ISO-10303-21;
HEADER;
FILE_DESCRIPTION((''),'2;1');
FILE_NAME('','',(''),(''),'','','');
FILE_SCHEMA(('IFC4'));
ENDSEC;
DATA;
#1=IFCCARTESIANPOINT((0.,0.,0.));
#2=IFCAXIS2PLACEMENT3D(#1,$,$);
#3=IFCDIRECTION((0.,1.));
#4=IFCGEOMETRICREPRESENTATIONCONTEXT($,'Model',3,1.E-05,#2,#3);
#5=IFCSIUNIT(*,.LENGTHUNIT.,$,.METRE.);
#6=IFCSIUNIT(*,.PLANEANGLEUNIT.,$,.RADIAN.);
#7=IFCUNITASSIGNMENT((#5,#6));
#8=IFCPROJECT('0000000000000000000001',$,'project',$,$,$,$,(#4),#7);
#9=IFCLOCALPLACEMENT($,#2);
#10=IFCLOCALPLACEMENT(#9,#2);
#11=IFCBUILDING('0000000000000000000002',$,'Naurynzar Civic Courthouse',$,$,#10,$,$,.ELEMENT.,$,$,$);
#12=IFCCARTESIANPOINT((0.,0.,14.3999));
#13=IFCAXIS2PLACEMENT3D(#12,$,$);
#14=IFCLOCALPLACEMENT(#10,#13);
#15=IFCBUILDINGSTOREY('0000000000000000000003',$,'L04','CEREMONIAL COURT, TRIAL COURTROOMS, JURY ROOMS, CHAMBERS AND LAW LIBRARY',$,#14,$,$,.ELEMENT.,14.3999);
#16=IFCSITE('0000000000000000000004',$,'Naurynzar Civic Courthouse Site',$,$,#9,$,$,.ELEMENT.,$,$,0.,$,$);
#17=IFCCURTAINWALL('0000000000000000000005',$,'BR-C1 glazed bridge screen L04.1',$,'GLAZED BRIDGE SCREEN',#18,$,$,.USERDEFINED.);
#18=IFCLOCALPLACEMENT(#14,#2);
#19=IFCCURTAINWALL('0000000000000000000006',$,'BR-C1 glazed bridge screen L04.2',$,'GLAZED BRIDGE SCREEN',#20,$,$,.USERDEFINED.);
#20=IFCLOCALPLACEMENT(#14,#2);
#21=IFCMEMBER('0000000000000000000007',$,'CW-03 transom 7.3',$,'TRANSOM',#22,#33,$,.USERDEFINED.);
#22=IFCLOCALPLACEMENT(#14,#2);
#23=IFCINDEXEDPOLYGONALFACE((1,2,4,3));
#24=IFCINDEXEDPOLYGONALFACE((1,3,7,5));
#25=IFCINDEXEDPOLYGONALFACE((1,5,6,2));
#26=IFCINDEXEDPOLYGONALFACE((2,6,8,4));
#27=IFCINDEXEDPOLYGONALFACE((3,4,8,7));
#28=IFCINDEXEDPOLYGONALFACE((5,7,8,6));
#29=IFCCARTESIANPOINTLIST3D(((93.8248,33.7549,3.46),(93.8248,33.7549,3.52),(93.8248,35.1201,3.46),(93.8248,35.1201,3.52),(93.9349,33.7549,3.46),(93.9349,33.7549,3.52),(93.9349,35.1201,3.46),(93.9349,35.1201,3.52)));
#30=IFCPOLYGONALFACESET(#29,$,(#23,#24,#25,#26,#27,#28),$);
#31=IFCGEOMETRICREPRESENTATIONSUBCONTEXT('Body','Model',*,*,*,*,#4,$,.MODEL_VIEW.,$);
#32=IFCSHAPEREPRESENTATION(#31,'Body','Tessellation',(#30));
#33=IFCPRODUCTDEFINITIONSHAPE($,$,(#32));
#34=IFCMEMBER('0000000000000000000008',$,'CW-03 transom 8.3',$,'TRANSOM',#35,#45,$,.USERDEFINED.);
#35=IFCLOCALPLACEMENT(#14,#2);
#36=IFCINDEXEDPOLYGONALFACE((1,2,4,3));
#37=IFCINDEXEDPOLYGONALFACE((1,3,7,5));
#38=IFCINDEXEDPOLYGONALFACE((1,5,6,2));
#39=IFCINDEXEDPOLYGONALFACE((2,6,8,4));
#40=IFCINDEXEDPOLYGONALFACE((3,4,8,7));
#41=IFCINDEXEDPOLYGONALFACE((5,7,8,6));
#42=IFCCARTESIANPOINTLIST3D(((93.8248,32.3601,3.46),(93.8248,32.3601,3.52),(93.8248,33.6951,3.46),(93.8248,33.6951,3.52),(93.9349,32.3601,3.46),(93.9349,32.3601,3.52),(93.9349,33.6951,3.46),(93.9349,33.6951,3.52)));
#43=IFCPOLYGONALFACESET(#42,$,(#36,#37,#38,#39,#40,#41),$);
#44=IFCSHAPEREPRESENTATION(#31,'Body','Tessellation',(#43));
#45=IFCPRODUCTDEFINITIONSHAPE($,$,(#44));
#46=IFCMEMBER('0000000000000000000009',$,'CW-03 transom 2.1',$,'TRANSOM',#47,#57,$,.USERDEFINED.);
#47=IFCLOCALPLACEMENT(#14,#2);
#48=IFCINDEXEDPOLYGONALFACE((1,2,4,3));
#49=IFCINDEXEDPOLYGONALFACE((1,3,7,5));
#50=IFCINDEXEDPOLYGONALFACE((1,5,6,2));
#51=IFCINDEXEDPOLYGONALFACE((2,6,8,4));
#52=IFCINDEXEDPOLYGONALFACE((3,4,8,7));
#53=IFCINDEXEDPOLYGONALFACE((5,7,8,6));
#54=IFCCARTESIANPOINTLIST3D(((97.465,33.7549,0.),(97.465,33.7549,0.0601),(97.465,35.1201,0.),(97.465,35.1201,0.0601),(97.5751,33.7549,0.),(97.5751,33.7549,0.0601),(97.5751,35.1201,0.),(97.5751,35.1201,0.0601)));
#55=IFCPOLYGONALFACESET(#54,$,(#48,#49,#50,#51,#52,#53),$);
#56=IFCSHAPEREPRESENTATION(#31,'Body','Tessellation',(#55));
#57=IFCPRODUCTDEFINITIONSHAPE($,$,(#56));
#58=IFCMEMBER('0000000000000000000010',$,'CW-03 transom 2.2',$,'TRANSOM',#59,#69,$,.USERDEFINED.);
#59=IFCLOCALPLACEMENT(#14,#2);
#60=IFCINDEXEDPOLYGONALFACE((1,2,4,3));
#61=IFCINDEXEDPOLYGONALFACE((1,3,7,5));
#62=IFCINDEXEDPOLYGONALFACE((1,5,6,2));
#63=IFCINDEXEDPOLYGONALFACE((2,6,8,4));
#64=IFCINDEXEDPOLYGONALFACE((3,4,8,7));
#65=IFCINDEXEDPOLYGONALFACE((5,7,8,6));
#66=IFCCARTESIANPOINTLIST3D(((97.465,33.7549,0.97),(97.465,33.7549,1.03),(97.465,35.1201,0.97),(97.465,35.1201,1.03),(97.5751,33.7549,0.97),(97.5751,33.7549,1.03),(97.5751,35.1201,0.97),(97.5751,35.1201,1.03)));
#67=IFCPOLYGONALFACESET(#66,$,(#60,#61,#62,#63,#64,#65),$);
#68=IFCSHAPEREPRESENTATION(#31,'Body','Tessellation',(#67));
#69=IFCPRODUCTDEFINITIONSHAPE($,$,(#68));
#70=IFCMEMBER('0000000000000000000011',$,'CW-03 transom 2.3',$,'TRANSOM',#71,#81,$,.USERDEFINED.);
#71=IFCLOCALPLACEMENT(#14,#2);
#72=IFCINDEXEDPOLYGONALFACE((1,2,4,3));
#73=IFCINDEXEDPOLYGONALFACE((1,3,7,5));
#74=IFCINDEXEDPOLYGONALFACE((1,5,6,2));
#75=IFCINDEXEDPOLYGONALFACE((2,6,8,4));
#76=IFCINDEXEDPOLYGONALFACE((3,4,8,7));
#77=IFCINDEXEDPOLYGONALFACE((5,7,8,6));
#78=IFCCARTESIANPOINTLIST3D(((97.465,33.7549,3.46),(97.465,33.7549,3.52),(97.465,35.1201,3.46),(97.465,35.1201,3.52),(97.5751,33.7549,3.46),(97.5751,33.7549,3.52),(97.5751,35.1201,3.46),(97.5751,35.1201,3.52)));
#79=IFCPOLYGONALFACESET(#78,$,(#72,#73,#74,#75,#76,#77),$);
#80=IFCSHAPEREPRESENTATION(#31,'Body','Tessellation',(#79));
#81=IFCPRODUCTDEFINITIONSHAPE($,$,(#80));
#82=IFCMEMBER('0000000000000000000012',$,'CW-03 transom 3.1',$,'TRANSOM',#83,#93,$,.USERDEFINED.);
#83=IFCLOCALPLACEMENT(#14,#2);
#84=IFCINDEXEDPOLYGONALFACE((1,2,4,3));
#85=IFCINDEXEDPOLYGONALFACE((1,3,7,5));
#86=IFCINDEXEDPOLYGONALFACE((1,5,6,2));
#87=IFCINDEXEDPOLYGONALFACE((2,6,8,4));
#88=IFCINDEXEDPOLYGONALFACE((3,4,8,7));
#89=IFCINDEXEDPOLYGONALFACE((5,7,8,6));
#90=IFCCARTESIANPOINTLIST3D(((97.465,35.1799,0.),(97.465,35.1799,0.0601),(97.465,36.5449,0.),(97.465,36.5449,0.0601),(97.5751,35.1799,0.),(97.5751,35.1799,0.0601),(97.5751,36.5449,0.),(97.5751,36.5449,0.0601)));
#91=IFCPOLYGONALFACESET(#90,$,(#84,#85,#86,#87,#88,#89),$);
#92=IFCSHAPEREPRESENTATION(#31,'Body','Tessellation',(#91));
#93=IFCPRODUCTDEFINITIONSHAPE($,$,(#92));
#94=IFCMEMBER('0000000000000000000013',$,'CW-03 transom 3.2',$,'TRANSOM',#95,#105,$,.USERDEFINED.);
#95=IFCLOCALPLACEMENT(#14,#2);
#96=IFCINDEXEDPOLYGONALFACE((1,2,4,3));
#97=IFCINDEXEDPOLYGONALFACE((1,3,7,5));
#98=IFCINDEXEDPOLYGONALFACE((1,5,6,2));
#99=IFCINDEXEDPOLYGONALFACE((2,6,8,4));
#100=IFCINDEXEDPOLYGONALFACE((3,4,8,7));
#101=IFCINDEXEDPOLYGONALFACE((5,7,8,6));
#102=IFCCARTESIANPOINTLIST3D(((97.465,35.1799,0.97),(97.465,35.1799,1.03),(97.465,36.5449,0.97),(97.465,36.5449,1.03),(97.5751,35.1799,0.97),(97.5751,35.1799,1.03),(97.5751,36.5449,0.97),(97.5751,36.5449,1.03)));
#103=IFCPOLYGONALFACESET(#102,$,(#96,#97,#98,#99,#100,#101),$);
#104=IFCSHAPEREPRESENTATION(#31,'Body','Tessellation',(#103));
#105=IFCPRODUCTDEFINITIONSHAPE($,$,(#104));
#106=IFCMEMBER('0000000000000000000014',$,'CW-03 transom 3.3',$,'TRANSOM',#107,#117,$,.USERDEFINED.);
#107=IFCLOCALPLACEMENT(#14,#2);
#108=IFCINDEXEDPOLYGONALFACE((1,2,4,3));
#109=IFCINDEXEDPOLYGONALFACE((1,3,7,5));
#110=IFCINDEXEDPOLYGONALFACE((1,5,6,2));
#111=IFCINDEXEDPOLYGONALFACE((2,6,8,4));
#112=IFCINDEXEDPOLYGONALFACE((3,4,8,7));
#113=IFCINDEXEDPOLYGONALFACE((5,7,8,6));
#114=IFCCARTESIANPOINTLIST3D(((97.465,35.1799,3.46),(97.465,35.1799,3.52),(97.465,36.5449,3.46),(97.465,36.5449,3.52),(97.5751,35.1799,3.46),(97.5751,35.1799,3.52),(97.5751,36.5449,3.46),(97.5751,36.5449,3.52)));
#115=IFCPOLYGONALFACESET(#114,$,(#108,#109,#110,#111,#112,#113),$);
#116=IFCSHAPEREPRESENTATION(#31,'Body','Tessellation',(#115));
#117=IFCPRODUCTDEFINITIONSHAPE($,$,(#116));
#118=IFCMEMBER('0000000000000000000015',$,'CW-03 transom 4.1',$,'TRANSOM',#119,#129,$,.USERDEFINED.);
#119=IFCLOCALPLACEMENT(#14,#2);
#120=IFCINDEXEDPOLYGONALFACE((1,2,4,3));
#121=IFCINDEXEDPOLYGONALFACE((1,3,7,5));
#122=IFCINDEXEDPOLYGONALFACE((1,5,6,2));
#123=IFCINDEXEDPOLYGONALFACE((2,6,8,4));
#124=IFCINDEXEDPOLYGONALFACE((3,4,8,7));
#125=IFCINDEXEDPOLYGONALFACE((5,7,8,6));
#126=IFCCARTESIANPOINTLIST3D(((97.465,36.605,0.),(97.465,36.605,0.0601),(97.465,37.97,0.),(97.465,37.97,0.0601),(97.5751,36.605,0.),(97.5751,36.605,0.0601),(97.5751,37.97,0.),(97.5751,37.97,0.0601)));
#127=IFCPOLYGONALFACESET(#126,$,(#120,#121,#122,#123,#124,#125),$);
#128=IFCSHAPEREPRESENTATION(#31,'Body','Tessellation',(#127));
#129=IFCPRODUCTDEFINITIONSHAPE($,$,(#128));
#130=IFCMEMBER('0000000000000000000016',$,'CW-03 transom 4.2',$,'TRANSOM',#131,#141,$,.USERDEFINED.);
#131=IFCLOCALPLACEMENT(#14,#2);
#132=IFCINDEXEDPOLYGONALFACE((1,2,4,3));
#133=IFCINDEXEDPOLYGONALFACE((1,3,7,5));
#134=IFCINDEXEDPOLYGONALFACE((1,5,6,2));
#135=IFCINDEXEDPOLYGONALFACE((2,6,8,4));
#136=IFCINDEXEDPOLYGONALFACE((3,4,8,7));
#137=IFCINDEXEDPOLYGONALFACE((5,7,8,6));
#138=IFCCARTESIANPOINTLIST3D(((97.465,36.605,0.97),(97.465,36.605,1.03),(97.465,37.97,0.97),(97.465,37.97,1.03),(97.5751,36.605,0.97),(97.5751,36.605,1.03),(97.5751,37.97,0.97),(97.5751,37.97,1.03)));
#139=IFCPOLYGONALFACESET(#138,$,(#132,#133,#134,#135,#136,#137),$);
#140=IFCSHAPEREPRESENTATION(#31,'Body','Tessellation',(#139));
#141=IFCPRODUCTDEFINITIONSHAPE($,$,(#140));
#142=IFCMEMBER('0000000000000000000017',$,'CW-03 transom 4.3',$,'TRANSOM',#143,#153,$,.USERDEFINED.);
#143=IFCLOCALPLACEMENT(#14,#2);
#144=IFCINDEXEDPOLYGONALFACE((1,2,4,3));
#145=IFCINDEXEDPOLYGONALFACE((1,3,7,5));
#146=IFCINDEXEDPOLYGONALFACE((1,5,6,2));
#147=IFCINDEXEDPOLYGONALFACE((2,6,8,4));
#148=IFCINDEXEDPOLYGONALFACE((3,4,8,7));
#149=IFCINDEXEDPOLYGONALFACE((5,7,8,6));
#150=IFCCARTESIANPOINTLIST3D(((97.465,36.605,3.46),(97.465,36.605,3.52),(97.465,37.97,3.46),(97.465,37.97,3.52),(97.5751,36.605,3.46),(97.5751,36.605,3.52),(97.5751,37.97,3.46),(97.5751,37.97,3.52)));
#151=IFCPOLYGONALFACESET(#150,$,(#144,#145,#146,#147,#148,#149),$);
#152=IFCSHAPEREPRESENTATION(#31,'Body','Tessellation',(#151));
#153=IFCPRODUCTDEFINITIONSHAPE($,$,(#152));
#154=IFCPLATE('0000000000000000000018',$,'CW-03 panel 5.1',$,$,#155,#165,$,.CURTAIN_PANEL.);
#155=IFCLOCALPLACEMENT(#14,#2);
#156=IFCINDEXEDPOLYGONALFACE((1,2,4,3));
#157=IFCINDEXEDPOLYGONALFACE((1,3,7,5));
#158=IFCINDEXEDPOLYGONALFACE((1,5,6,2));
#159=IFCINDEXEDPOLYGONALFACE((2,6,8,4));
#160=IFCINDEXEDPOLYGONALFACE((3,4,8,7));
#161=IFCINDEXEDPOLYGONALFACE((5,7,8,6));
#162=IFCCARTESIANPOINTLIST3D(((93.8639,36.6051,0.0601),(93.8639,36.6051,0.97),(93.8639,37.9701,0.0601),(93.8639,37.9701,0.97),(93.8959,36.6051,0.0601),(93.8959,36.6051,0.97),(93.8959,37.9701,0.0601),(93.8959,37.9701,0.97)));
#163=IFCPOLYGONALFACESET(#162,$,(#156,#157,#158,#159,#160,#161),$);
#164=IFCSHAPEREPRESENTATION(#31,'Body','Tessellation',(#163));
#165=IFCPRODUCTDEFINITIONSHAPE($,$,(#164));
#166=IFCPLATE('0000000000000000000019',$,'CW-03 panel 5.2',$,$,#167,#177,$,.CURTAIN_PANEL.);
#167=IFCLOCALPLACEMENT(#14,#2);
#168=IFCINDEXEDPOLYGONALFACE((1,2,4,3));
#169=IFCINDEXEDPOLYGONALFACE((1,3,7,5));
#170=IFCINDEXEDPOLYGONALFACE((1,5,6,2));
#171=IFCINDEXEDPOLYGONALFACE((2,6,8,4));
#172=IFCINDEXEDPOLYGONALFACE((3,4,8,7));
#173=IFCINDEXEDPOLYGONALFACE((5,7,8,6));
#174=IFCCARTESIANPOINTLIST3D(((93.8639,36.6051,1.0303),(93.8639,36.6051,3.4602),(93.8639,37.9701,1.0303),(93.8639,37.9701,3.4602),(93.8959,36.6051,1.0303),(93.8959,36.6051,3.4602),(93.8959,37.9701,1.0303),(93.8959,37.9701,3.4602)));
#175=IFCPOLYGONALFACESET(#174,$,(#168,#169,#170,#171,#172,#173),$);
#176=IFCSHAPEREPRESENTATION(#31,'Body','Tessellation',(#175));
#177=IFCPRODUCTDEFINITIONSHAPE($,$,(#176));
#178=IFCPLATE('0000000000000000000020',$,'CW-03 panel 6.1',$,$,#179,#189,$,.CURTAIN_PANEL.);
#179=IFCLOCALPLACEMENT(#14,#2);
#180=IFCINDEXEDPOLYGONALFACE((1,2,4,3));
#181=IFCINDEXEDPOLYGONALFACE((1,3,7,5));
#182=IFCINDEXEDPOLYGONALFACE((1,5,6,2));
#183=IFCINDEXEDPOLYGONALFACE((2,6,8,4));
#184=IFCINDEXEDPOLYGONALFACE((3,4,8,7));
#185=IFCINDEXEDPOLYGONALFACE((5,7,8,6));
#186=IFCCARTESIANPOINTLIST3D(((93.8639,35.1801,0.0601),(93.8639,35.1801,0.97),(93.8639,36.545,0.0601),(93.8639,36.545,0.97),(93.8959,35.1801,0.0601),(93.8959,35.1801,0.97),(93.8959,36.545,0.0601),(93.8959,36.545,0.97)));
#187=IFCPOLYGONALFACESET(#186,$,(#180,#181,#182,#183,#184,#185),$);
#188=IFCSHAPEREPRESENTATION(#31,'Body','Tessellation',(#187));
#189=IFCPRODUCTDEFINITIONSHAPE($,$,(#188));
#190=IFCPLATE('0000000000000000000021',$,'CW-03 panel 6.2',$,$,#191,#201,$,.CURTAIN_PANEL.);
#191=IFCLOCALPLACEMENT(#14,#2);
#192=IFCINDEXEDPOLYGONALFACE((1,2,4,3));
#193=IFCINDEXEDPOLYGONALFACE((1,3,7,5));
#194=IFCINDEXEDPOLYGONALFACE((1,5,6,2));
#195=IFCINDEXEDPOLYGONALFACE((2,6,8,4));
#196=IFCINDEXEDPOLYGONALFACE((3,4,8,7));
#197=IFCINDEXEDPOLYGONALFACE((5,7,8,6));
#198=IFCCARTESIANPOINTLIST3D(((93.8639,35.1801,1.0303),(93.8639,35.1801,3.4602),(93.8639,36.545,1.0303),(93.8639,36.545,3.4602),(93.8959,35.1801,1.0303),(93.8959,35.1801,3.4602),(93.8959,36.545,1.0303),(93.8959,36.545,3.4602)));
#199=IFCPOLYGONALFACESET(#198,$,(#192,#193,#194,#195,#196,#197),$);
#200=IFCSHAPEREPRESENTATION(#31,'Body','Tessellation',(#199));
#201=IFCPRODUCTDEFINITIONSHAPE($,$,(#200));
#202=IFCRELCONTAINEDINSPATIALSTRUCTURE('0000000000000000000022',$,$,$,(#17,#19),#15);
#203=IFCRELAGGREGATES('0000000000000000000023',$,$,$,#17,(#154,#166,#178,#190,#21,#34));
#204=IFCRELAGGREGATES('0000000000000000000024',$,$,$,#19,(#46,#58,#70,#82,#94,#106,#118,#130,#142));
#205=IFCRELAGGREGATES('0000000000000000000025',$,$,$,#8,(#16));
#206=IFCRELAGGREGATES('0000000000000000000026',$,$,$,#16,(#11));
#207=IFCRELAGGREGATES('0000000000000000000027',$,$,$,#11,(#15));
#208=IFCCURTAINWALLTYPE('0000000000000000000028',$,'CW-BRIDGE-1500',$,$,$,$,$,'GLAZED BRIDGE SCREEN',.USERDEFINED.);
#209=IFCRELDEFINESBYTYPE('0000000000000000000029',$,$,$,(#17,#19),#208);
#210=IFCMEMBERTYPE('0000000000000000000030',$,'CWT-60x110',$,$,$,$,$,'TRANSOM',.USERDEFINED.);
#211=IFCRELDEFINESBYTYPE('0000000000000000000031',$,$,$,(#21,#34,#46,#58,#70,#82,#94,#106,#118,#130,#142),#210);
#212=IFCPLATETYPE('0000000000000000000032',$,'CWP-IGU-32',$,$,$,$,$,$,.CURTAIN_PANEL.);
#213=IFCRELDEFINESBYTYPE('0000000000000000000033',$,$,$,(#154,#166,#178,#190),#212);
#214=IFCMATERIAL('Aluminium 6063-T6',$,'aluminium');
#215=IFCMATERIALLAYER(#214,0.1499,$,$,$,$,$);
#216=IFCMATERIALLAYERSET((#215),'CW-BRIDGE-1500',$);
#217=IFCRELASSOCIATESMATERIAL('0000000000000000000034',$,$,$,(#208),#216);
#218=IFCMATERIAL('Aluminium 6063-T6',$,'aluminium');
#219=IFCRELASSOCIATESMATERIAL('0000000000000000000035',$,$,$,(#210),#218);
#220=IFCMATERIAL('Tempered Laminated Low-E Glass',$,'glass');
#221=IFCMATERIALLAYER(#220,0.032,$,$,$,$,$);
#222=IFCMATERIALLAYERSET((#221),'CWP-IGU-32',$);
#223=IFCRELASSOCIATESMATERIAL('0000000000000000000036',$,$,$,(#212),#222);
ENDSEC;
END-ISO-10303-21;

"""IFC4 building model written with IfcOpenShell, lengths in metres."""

from ifc_helpers import new_model, si_unit, direction, frame, origin, origin_2d, place, context, subcontext, project, spatial, rectangle, extrude, material, layer, layer_set, material_profile, profile_set, type_object, element, aggregate, save


model = new_model("IFC4")

# Units and contexts
model_context = context("Model", 3, precision=1e-05, world=origin(), true_north=direction((0.0, 1.0)))
body_context = subcontext(model_context, "Body", "Model", "MODEL_VIEW")
ifc_project = project(units=[si_unit("LENGTHUNIT", "METRE"), si_unit("PLANEANGLEUNIT", "RADIAN")], contexts=[model_context])

# Site, building, storey
site_placement = place(None, origin())
site = spatial("IfcSite", under=ifc_project, at=site_placement, Name="Naurynzar Civic Courthouse Site", CompositionType="ELEMENT", RefElevation=0.0)
building_placement = place(site_placement, origin())
building = spatial("IfcBuilding", under=site, at=building_placement, Name="Naurynzar Civic Courthouse", CompositionType="ELEMENT")
storey_placement = place(building_placement, frame((0.0, 0.0, 14.3999)))
storey = spatial("IfcBuildingStorey", under=building, at=storey_placement, Name="L04", Description="CEREMONIAL COURT, TRIAL COURTROOMS, JURY ROOMS, CHAMBERS AND LAW LIBRARY", CompositionType="ELEMENT", Elevation=14.3999)

# Curtain walls
ifc_material_1 = material(Name="Aluminium 6063-T6", Category="aluminium")
ifc_layer_1 = layer(ifc_material_1, 0.1499)
ifc_layer_set_1 = layer_set([ifc_layer_1], Name="CW-BRIDGE-1500")
curtain_wall_type = type_object("IfcCurtainWallType", Name="CW-BRIDGE-1500", ElementType="GLAZED BRIDGE SCREEN", PredefinedType="USERDEFINED", material=ifc_layer_set_1)
curtain_wall_1_placement = place(storey_placement, origin())
curtain_wall_1 = element("IfcCurtainWall", 1, at=curtain_wall_1_placement, inside=storey, type_object=curtain_wall_type, Name="BR-C1 glazed bridge screen L04.1", ObjectType="GLAZED BRIDGE SCREEN", PredefinedType="USERDEFINED")
curtain_wall_2_placement = place(storey_placement, origin())
curtain_wall_2 = element("IfcCurtainWall", 2, at=curtain_wall_2_placement, inside=storey, type_object=curtain_wall_type, Name="BR-C1 glazed bridge screen L04.2", ObjectType="GLAZED BRIDGE SCREEN", PredefinedType="USERDEFINED")

# Members
ifc_material_2 = material(Name="Aluminium 6063-T6", Category="aluminium")
ifc_material_profile_1 = material_profile(ifc_material_2, rectangle(XDim=0.1101, YDim=0.0601, at=origin_2d()), Name="ALU TRANSOM 60x110")
ifc_profile_set_1 = profile_set([ifc_material_profile_1], Name="Aluminium 6063-T6")
member_type_1 = type_object("IfcMemberType", Name="CWT-60x110", ElementType="TRANSOM", PredefinedType="USERDEFINED", material=ifc_profile_set_1)
member_1_placement = place(storey_placement, frame((93.8799, 35.1201, 3.49), z_axis=(0.0, -1.0, 0.0), x_axis=(1.0, 0.0, 0.0)))
member_1 = element("IfcMember", 3, at=member_1_placement, type_object=member_type_1, Name="CW-03 transom 7.3", ObjectType="TRANSOM", PredefinedType="USERDEFINED", context=body_context, shape_type="SweptSolid", body=[
    extrude(rectangle(XDim=0.1101, YDim=0.0601, at=origin_2d()), origin(), (0.0, 0.0, 1.0), 1.3652),
])
member_2_placement = place(storey_placement, frame((93.8799, 33.6951, 3.49), z_axis=(0.0, -1.0, 0.0), x_axis=(1.0, 0.0, 0.0)))
member_2 = element("IfcMember", 4, at=member_2_placement, type_object=member_type_1, Name="CW-03 transom 8.3", ObjectType="TRANSOM", PredefinedType="USERDEFINED", context=body_context, shape_type="SweptSolid", body=[
    extrude(rectangle(XDim=0.1101, YDim=0.0601, at=origin_2d()), origin(), (0.0, 0.0, 1.0), 1.335),
])
member_3_placement = place(storey_placement, frame((97.52, 33.7549, 0.03), z_axis=(0.0, 1.0, 0.0), x_axis=(-1.0, 0.0, 0.0)))
member_3 = element("IfcMember", 5, at=member_3_placement, type_object=member_type_1, Name="CW-03 transom 2.1", ObjectType="TRANSOM", PredefinedType="USERDEFINED", context=body_context, shape_type="SweptSolid", body=[
    extrude(rectangle(XDim=0.1101, YDim=0.0601, at=origin_2d()), origin(), (0.0, 0.0, 1.0), 1.3652),
])
member_4_placement = place(storey_placement, frame((97.52, 33.7549, 1.0), z_axis=(0.0, 1.0, 0.0), x_axis=(-1.0, 0.0, 0.0)))
member_4 = element("IfcMember", 6, at=member_4_placement, type_object=member_type_1, Name="CW-03 transom 2.2", ObjectType="TRANSOM", PredefinedType="USERDEFINED", context=body_context, shape_type="SweptSolid", body=[
    extrude(rectangle(XDim=0.1101, YDim=0.0601, at=origin_2d()), origin(), (0.0, 0.0, 1.0), 1.3652),
])
member_5_placement = place(storey_placement, frame((97.52, 33.7549, 3.49), z_axis=(0.0, 1.0, 0.0), x_axis=(-1.0, 0.0, 0.0)))
member_5 = element("IfcMember", 7, at=member_5_placement, type_object=member_type_1, Name="CW-03 transom 2.3", ObjectType="TRANSOM", PredefinedType="USERDEFINED", context=body_context, shape_type="SweptSolid", body=[
    extrude(rectangle(XDim=0.1101, YDim=0.0601, at=origin_2d()), origin(), (0.0, 0.0, 1.0), 1.3652),
])
member_6_placement = place(storey_placement, frame((97.52, 35.1799, 0.03), z_axis=(0.0, 1.0, 0.0), x_axis=(-1.0, 0.0, 0.0)))
member_6 = element("IfcMember", 8, at=member_6_placement, type_object=member_type_1, Name="CW-03 transom 3.1", ObjectType="TRANSOM", PredefinedType="USERDEFINED", context=body_context, shape_type="SweptSolid", body=[
    extrude(rectangle(XDim=0.1101, YDim=0.0601, at=origin_2d()), origin(), (0.0, 0.0, 1.0), 1.365),
])
member_7_placement = place(storey_placement, frame((97.52, 35.1799, 1.0), z_axis=(0.0, 1.0, 0.0), x_axis=(-1.0, 0.0, 0.0)))
member_7 = element("IfcMember", 9, at=member_7_placement, type_object=member_type_1, Name="CW-03 transom 3.2", ObjectType="TRANSOM", PredefinedType="USERDEFINED", context=body_context, shape_type="SweptSolid", body=[
    extrude(rectangle(XDim=0.1101, YDim=0.0601, at=origin_2d()), origin(), (0.0, 0.0, 1.0), 1.365),
])
member_8_placement = place(storey_placement, frame((97.52, 35.1799, 3.49), z_axis=(0.0, 1.0, 0.0), x_axis=(-1.0, 0.0, 0.0)))
member_8 = element("IfcMember", 10, at=member_8_placement, type_object=member_type_1, Name="CW-03 transom 3.3", ObjectType="TRANSOM", PredefinedType="USERDEFINED", context=body_context, shape_type="SweptSolid", body=[
    extrude(rectangle(XDim=0.1101, YDim=0.0601, at=origin_2d()), origin(), (0.0, 0.0, 1.0), 1.365),
])
member_9_placement = place(storey_placement, frame((97.52, 36.605, 0.03), z_axis=(0.0, 1.0, 0.0), x_axis=(-1.0, 0.0, 0.0)))
member_9 = element("IfcMember", 11, at=member_9_placement, type_object=member_type_1, Name="CW-03 transom 4.1", ObjectType="TRANSOM", PredefinedType="USERDEFINED", context=body_context, shape_type="SweptSolid", body=[
    extrude(rectangle(XDim=0.1101, YDim=0.0601, at=origin_2d()), origin(), (0.0, 0.0, 1.0), 1.365),
])
member_10_placement = place(storey_placement, frame((97.52, 36.605, 1.0), z_axis=(0.0, 1.0, 0.0), x_axis=(-1.0, 0.0, 0.0)))
member_10 = element("IfcMember", 12, at=member_10_placement, type_object=member_type_1, Name="CW-03 transom 4.2", ObjectType="TRANSOM", PredefinedType="USERDEFINED", context=body_context, shape_type="SweptSolid", body=[
    extrude(rectangle(XDim=0.1101, YDim=0.0601, at=origin_2d()), origin(), (0.0, 0.0, 1.0), 1.365),
])
member_11_placement = place(storey_placement, frame((97.52, 36.605, 3.49), z_axis=(0.0, 1.0, 0.0), x_axis=(-1.0, 0.0, 0.0)))
member_11 = element("IfcMember", 13, at=member_11_placement, type_object=member_type_1, Name="CW-03 transom 4.3", ObjectType="TRANSOM", PredefinedType="USERDEFINED", context=body_context, shape_type="SweptSolid", body=[
    extrude(rectangle(XDim=0.1101, YDim=0.0601, at=origin_2d()), origin(), (0.0, 0.0, 1.0), 1.365),
])

# Plates
ifc_material_3 = material(Name="Tempered Laminated Low-E Glass", Category="glass")
ifc_layer_2 = layer(ifc_material_3, 0.032)
ifc_layer_set_2 = layer_set([ifc_layer_2], Name="CWP-IGU-32")
plate_type = type_object("IfcPlateType", Name="CWP-IGU-32", PredefinedType="CURTAIN_PANEL", material=ifc_layer_set_2)
plate_1_placement = place(storey_placement, frame((93.8799, 37.2876, 0.0601), z_axis=(0.0, 0.0, 1.0), x_axis=(0.0, -1.0, 0.0)))
plate_1 = element("IfcPlate", 14, at=plate_1_placement, type_object=plate_type, Name="CW-03 panel 5.1", PredefinedType="CURTAIN_PANEL", context=body_context, shape_type="SweptSolid", body=[
    extrude(rectangle(XDim=1.365, YDim=0.032, at=origin_2d()), origin(), (0.0, 0.0, 1.0), 0.9099),
])
plate_2_placement = place(storey_placement, frame((93.8799, 37.2876, 1.0303), z_axis=(0.0, 0.0, 1.0), x_axis=(0.0, -1.0, 0.0)))
plate_2 = element("IfcPlate", 15, at=plate_2_placement, type_object=plate_type, Name="CW-03 panel 5.2", PredefinedType="CURTAIN_PANEL", context=body_context, shape_type="SweptSolid", body=[
    extrude(rectangle(XDim=1.365, YDim=0.032, at=origin_2d()), origin(), (0.0, 0.0, 1.0), 2.4299),
])
plate_3_placement = place(storey_placement, frame((93.8799, 35.8625, 0.0601), z_axis=(0.0, 0.0, 1.0), x_axis=(0.0, -1.0, 0.0)))
plate_3 = element("IfcPlate", 16, at=plate_3_placement, type_object=plate_type, Name="CW-03 panel 6.1", PredefinedType="CURTAIN_PANEL", context=body_context, shape_type="SweptSolid", body=[
    extrude(rectangle(XDim=1.365, YDim=0.032, at=origin_2d()), origin(), (0.0, 0.0, 1.0), 0.9099),
])
plate_4_placement = place(storey_placement, frame((93.8799, 35.8625, 1.0303), z_axis=(0.0, 0.0, 1.0), x_axis=(0.0, -1.0, 0.0)))
plate_4 = element("IfcPlate", 17, at=plate_4_placement, type_object=plate_type, Name="CW-03 panel 6.2", PredefinedType="CURTAIN_PANEL", context=body_context, shape_type="SweptSolid", body=[
    extrude(rectangle(XDim=1.365, YDim=0.032, at=origin_2d()), origin(), (0.0, 0.0, 1.0), 2.4299),
])
aggregate(curtain_wall_1, [plate_1, plate_2, plate_3, plate_4, member_1, member_2])
aggregate(curtain_wall_2, [member_3, member_4, member_5, member_6, member_7, member_8, member_9, member_10, member_11])

save(model, "model.ifc")
